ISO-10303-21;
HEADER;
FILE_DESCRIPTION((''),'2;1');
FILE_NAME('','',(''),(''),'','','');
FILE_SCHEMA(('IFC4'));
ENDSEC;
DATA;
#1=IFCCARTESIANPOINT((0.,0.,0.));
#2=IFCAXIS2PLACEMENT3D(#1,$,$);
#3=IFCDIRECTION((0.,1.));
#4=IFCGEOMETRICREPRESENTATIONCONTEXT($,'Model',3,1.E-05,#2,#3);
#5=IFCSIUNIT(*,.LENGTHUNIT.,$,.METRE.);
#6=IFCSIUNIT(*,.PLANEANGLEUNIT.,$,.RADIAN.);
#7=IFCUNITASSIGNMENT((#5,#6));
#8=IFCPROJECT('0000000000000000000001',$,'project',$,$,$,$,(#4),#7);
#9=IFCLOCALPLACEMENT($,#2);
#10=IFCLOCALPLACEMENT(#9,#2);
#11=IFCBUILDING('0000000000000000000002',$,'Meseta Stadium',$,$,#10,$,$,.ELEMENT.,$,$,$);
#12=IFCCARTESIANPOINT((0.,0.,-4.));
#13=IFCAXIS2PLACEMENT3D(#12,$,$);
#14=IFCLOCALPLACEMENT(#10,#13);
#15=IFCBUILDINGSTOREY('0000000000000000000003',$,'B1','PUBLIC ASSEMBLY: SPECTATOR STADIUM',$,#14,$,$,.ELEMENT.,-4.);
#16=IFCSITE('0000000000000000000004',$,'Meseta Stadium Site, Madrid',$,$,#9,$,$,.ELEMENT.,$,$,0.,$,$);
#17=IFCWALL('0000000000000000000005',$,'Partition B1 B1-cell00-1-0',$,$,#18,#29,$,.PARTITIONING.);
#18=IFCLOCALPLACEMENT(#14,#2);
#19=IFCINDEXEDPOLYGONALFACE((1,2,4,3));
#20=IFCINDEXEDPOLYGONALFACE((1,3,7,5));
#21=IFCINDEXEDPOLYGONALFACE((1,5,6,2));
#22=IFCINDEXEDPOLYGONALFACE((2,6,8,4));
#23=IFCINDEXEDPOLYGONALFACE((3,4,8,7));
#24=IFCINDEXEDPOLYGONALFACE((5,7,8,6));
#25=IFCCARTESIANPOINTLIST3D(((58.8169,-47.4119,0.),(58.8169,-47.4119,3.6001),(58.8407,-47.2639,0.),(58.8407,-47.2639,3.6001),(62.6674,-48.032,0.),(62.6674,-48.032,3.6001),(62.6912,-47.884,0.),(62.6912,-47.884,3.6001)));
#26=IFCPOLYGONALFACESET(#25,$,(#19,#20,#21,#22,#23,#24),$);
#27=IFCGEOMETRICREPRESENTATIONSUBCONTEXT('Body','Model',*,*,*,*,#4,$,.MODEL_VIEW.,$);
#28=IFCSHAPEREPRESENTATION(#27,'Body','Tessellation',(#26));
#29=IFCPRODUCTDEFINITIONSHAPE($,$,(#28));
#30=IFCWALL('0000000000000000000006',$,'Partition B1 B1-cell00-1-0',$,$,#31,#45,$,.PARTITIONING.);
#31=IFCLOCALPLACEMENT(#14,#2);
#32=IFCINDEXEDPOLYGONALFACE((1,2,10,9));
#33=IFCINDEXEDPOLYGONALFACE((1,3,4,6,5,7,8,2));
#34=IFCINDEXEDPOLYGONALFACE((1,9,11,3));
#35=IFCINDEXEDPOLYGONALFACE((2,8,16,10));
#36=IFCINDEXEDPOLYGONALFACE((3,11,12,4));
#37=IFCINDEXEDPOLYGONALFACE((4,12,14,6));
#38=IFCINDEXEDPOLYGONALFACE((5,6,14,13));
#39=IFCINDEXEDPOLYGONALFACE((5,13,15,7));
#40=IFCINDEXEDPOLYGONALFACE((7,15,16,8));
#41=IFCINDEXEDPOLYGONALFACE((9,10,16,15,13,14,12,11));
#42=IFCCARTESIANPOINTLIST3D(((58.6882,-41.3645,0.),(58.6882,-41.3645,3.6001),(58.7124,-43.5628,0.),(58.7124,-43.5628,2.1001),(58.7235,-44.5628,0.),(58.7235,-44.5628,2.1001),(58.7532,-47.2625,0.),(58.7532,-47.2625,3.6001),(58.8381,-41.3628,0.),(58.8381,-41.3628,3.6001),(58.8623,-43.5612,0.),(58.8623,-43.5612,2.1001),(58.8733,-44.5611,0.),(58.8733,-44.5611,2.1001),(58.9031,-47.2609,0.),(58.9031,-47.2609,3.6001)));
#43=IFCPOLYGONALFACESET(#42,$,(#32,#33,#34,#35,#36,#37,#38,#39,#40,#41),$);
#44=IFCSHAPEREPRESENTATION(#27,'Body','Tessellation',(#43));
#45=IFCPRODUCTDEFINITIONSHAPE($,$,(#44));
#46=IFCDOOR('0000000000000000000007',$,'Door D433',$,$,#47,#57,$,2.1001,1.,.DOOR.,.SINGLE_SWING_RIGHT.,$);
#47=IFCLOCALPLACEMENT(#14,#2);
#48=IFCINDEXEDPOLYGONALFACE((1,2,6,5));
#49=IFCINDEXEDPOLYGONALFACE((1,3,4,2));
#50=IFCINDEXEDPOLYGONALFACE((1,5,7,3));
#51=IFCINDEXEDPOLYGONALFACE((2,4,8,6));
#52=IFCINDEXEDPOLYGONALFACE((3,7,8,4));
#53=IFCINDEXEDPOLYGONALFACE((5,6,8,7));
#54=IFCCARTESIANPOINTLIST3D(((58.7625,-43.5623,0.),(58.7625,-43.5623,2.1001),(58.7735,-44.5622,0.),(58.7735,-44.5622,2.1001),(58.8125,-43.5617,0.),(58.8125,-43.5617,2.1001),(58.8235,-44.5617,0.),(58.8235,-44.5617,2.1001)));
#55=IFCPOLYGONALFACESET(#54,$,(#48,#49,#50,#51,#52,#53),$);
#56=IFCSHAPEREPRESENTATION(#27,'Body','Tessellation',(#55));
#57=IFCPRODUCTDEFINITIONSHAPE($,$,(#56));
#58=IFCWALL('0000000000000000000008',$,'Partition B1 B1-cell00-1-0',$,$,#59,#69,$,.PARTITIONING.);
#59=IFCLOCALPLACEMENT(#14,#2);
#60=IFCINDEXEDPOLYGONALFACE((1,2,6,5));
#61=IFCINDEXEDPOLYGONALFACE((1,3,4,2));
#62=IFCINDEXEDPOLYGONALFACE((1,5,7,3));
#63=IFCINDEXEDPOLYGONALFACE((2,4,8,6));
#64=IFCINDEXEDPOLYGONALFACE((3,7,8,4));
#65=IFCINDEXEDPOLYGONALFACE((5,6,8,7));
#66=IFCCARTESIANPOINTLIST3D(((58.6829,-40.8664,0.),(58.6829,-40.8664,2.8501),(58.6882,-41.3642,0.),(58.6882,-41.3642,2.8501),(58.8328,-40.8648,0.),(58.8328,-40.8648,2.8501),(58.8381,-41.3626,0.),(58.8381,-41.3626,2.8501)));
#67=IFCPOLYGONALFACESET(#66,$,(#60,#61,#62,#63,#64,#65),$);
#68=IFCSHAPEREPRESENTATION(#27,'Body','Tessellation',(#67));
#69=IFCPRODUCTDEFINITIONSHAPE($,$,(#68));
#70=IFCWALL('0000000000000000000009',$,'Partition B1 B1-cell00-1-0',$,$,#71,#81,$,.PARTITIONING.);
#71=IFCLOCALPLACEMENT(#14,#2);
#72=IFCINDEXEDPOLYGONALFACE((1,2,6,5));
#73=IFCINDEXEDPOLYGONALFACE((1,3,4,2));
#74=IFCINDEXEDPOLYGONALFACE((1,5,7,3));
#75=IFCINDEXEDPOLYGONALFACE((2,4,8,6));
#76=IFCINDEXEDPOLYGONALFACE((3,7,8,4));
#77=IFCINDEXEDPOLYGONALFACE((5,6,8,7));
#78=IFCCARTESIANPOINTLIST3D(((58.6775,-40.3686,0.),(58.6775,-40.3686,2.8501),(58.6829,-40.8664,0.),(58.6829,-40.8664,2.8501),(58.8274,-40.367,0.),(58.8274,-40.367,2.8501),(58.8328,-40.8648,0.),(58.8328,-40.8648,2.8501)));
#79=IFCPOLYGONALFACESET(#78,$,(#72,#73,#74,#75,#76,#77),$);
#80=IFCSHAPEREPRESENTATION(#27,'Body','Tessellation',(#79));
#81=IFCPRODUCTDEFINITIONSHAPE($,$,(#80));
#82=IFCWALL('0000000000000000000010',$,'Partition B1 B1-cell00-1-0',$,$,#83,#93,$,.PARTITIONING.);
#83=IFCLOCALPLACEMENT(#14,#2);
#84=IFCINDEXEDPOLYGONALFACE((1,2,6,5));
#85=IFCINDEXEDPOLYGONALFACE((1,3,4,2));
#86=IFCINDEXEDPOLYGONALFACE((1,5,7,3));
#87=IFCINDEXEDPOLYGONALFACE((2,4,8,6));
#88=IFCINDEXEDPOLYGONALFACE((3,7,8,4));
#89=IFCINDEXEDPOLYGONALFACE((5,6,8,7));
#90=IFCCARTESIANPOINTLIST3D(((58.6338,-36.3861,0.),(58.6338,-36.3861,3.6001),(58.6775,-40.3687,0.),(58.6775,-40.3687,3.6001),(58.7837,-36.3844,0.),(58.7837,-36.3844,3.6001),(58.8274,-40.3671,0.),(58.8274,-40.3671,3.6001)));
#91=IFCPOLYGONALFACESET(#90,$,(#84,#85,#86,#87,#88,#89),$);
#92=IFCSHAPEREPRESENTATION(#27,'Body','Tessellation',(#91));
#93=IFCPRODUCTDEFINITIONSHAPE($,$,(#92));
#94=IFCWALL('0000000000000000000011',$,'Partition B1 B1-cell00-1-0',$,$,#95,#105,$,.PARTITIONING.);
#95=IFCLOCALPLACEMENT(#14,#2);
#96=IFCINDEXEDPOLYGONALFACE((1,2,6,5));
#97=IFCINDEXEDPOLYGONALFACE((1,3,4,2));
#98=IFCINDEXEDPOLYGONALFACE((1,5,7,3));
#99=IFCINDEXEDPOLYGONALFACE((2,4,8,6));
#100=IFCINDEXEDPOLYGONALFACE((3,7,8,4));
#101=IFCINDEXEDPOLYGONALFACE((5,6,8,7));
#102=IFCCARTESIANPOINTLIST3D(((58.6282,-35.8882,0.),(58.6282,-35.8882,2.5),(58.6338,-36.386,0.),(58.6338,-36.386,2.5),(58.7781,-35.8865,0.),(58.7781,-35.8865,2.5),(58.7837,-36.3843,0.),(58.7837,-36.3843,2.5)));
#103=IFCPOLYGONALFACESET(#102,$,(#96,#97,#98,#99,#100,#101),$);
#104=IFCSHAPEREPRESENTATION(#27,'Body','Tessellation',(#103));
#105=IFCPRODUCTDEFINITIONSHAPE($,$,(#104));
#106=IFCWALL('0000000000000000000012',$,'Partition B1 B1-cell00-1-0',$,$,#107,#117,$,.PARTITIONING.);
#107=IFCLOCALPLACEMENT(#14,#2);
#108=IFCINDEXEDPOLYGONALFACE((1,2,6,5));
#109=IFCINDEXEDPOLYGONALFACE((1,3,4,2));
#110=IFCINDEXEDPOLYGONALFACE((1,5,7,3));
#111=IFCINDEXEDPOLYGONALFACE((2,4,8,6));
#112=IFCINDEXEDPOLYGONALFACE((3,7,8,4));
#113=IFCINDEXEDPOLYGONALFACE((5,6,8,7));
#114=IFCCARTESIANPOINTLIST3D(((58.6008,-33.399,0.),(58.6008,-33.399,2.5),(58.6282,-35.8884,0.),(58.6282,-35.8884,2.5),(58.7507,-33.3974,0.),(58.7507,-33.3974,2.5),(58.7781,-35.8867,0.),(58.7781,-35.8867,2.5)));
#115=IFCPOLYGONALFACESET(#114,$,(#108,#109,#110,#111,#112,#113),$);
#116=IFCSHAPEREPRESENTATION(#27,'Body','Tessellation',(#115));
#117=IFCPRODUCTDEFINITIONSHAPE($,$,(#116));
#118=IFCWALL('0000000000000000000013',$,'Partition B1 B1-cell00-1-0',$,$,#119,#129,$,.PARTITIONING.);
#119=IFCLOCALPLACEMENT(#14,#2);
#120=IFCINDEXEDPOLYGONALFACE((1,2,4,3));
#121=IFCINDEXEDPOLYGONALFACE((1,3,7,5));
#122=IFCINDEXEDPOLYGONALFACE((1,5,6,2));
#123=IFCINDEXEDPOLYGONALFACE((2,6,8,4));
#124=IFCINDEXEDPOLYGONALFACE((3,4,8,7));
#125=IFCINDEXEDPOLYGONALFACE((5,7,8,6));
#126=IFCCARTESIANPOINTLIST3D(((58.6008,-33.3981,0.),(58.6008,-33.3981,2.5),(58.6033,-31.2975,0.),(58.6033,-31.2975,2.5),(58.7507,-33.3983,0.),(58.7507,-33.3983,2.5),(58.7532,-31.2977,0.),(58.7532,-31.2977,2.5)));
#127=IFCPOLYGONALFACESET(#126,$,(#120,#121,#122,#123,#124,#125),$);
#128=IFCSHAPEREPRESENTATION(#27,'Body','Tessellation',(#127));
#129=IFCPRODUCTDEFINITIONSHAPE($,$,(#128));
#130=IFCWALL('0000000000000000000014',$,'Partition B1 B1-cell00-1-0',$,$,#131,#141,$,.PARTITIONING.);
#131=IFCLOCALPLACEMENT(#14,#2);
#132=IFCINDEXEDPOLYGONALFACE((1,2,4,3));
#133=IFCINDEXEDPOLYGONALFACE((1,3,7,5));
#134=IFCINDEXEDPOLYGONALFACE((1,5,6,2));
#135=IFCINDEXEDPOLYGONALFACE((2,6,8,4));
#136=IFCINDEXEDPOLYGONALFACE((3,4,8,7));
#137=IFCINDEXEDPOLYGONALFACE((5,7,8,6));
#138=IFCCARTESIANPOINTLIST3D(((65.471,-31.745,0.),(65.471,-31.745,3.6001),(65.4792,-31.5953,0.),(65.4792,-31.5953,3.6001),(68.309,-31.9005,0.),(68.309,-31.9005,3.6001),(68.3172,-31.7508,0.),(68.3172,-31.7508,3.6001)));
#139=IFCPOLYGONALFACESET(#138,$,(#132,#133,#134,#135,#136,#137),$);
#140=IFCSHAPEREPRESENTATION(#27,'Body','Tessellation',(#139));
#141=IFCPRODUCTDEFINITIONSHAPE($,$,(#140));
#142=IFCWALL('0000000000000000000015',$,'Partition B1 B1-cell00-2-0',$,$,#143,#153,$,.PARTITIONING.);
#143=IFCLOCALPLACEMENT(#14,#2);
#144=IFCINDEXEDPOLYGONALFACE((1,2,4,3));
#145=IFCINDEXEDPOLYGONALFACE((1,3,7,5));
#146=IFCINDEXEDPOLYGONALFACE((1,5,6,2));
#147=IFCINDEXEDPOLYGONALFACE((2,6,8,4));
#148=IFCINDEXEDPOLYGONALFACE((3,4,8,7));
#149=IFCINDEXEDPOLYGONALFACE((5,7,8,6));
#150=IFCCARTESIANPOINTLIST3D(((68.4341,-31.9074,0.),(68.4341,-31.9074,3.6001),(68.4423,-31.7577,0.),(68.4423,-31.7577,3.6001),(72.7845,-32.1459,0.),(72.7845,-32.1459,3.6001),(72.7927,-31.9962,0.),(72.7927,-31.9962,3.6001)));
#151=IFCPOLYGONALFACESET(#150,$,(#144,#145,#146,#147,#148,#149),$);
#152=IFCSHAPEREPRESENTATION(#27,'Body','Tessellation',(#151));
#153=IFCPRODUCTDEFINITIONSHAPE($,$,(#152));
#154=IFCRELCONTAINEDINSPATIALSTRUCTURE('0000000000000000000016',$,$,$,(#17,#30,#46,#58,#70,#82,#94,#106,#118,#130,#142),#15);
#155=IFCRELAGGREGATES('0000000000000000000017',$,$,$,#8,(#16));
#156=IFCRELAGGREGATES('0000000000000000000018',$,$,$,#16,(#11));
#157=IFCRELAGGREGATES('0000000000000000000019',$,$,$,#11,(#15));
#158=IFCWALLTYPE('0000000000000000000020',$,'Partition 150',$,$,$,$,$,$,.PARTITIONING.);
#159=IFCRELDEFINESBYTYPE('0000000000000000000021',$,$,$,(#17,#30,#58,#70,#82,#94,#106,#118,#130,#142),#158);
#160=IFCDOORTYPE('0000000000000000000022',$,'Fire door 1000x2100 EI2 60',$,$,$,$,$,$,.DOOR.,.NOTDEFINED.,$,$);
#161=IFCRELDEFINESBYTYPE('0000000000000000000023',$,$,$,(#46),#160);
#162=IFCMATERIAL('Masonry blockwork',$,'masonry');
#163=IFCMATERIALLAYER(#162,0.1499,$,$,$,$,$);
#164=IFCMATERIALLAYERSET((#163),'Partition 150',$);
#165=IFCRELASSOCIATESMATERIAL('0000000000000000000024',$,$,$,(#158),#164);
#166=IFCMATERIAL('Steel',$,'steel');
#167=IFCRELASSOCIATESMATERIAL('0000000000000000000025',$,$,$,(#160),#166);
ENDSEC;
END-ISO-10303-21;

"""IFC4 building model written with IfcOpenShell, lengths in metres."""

from ifc_helpers import new_model, si_unit, direction, frame, frame_2d, origin, place, context, subcontext, project, spatial, rectangle, extrude, material, layer, layer_set, type_object, element, fill, save


model = new_model("IFC4")

# Units and contexts
model_context = context("Model", 3, precision=1e-05, world=origin(), true_north=direction((0.0, 1.0)))
body_context = subcontext(model_context, "Body", "Model", "MODEL_VIEW")
ifc_project = project(units=[si_unit("LENGTHUNIT", "METRE"), si_unit("PLANEANGLEUNIT", "RADIAN")], contexts=[model_context])

# Site, building, storey
site_placement = place(None, origin())
site = spatial("IfcSite", under=ifc_project, at=site_placement, Name="Meseta Stadium Site, Madrid", CompositionType="ELEMENT", RefElevation=0.0)
building_placement = place(site_placement, origin())
building = spatial("IfcBuilding", under=site, at=building_placement, Name="Meseta Stadium", CompositionType="ELEMENT")
storey_placement = place(building_placement, frame((0.0, 0.0, -4.0)))
storey = spatial("IfcBuildingStorey", under=building, at=storey_placement, Name="B1", Description="PUBLIC ASSEMBLY: SPECTATOR STADIUM", CompositionType="ELEMENT", Elevation=-4.0)

# Wall
ifc_material_1 = material(Name="Masonry blockwork", Category="masonry")
ifc_layer = layer(ifc_material_1, 0.1499)
ifc_layer_set = layer_set([ifc_layer], Name="Partition 150")
wall_type = type_object("IfcWallType", Name="Partition 150", PredefinedType="PARTITIONING", material=ifc_layer_set)
wall_1_placement = place(storey_placement, frame((62.6794, -47.958, 0.0), z_axis=(0.0, 0.0, 1.0), x_axis=(-0.987279, 0.158996, 0.0)))
element("IfcWall", 1, at=wall_1_placement, inside=storey, type_object=wall_type, Name="Partition B1 B1-cell00-1-0", PredefinedType="PARTITIONING", context=body_context, shape_type="SweptSolid", body=[
    extrude(rectangle(XDim=3.9001, YDim=0.1499, at=frame_2d((1.9502, 0.0))), origin(), (0.0, 0.0, 1.0), 3.6001),
])

# Wall, opening, door
wall_2_placement = place(storey_placement, frame((58.8281, -47.2617, 0.0), z_axis=(0.0, 0.0, 1.0), x_axis=(-0.01101, 0.999939, 0.0)))
wall_2 = element("IfcWall", 2, at=wall_2_placement, inside=storey, type_object=wall_type, Name="Partition B1 B1-cell00-1-0", PredefinedType="PARTITIONING", context=body_context, shape_type="SweptSolid", body=[
    extrude(rectangle(XDim=5.8984, YDim=0.1499, at=frame_2d((2.9492, 0.0))), origin(), (0.0, 0.0, 1.0), 3.6001),
])
opening_placement = place(wall_2_placement, frame((2.7, 0.0, 0.0)))
opening = element("IfcOpeningElement", 3, at=opening_placement, cuts=wall_2, PredefinedType="OPENING", context=body_context, shape_type="SweptSolid", body=[
    extrude(rectangle(XDim=1.0, YDim=2.1001, at=frame_2d((0.5, 1.05))), frame((0.0, 0.085, 0.0), z_axis=(0.0, -1.0, 0.0), x_axis=(1.0, 0.0, 0.0)), (0.0, 0.0, 1.0), 0.1699),
])
ifc_material_2 = material(Name="Steel", Category="steel")
door_type = type_object("IfcDoorType", Name="Fire door 1000x2100 EI2 60", OperationType="NOTDEFINED", PredefinedType="DOOR", material=ifc_material_2)
door_placement = place(opening_placement, origin())
door = element("IfcDoor", 4, at=door_placement, inside=storey, type_object=door_type, Name="Door D433", OperationType="SINGLE_SWING_RIGHT", OverallHeight=2.1001, OverallWidth=1.0, PredefinedType="DOOR", context=body_context, shape_type="SweptSolid", body=[
    extrude(rectangle(XDim=1.0, YDim=2.1001, at=frame_2d((0.5, 1.05))), frame((0.0, 0.0249, 0.0), z_axis=(0.0, -1.0, 0.0), x_axis=(1.0, 0.0, 0.0)), (0.0, 0.0, 1.0), 0.05),
])
fill(opening, door)

# Walls
for number, where, z_axis, x_axis, name in (
    (5, (58.7632, -41.3635, 0.0), (0.0, 0.0, 1.0), (-0.010789, 0.999942, 0.0), "Partition B1 B1-cell00-1-0"),
    (6, (58.7578, -40.8657, 0.0), (0.0, 0.0, 1.0), (-0.010789, 0.999942, 0.0), "Partition B1 B1-cell00-1-0"),
):
    element("IfcWall", number, at=place(storey_placement, frame(where, z_axis=z_axis, x_axis=x_axis)), inside=storey, type_object=wall_type, Name=name, PredefinedType="PARTITIONING", context=body_context, shape_type="SweptSolid", body=[
        extrude(rectangle(XDim=0.4978, YDim=0.1499, at=frame_2d((0.249, 0.0))), origin(), (0.0, 0.0, 1.0), 2.8501),
    ])
wall_3_placement = place(storey_placement, frame((58.7524, -40.3679, 0.0), z_axis=(0.0, 0.0, 1.0), x_axis=(-0.010972, 0.99994, 0.0)))
element("IfcWall", 7, at=wall_3_placement, inside=storey, type_object=wall_type, Name="Partition B1 B1-cell00-1-0", PredefinedType="PARTITIONING", context=body_context, shape_type="SweptSolid", body=[
    extrude(rectangle(XDim=3.9829, YDim=0.1499, at=frame_2d((1.9915, 0.0))), origin(), (0.0, 0.0, 1.0), 3.6001),
])
wall_4_placement = place(storey_placement, frame((58.7087, -36.3853, 0.0), z_axis=(0.0, 0.0, 1.0), x_axis=(-0.011279, 0.999936, 0.0)))
element("IfcWall", 8, at=wall_4_placement, inside=storey, type_object=wall_type, Name="Partition B1 B1-cell00-1-0", PredefinedType="PARTITIONING", context=body_context, shape_type="SweptSolid", body=[
    extrude(rectangle(XDim=0.4978, YDim=0.1499, at=frame_2d((0.249, 0.0))), origin(), (0.0, 0.0, 1.0), 2.5),
])
wall_5_placement = place(storey_placement, frame((58.7031, -35.8875, 0.0), z_axis=(0.0, 0.0, 1.0), x_axis=(-0.010984, 0.99994, 0.0)))
element("IfcWall", 9, at=wall_5_placement, inside=storey, type_object=wall_type, Name="Partition B1 B1-cell00-1-0", PredefinedType="PARTITIONING", context=body_context, shape_type="SweptSolid", body=[
    extrude(rectangle(XDim=2.4895, YDim=0.1499, at=frame_2d((1.2446, 0.0))), origin(), (0.0, 0.0, 1.0), 2.5),
])
wall_6_placement = place(storey_placement, frame((58.6758, -33.3982, 0.0), z_axis=(0.0, 0.0, 1.0), x_axis=(0.001162, 0.999999, 0.0)))
element("IfcWall", 10, at=wall_6_placement, inside=storey, type_object=wall_type, Name="Partition B1 B1-cell00-1-0", PredefinedType="PARTITIONING", context=body_context, shape_type="SweptSolid", body=[
    extrude(rectangle(XDim=2.1006, YDim=0.1499, at=frame_2d((1.0503, 0.0))), origin(), (0.0, 0.0, 1.0), 2.5),
])
wall_7_placement = place(storey_placement, frame((65.4751, -31.6702, 0.0), z_axis=(0.0, 0.0, 1.0), x_axis=(0.998502, -0.054714, 0.0)))
element("IfcWall", 11, at=wall_7_placement, inside=storey, type_object=wall_type, Name="Partition B1 B1-cell00-1-0", PredefinedType="PARTITIONING", context=body_context, shape_type="SweptSolid", body=[
    extrude(rectangle(XDim=2.8423, YDim=0.1499, at=frame_2d((1.4211, 0.0))), origin(), (0.0, 0.0, 1.0), 3.6001),
])
wall_8_placement = place(storey_placement, frame((68.4382, -31.8325, 0.0), z_axis=(0.0, 0.0, 1.0), x_axis=(0.9985, -0.054747, 0.0)))
element("IfcWall", 12, at=wall_8_placement, inside=storey, type_object=wall_type, Name="Partition B1 B1-cell00-2-0", PredefinedType="PARTITIONING", context=body_context, shape_type="SweptSolid", body=[
    extrude(rectangle(XDim=4.3569, YDim=0.1499, at=frame_2d((2.1785, 0.0))), origin(), (0.0, 0.0, 1.0), 3.6001),
])

save(model, "model.ifc")
